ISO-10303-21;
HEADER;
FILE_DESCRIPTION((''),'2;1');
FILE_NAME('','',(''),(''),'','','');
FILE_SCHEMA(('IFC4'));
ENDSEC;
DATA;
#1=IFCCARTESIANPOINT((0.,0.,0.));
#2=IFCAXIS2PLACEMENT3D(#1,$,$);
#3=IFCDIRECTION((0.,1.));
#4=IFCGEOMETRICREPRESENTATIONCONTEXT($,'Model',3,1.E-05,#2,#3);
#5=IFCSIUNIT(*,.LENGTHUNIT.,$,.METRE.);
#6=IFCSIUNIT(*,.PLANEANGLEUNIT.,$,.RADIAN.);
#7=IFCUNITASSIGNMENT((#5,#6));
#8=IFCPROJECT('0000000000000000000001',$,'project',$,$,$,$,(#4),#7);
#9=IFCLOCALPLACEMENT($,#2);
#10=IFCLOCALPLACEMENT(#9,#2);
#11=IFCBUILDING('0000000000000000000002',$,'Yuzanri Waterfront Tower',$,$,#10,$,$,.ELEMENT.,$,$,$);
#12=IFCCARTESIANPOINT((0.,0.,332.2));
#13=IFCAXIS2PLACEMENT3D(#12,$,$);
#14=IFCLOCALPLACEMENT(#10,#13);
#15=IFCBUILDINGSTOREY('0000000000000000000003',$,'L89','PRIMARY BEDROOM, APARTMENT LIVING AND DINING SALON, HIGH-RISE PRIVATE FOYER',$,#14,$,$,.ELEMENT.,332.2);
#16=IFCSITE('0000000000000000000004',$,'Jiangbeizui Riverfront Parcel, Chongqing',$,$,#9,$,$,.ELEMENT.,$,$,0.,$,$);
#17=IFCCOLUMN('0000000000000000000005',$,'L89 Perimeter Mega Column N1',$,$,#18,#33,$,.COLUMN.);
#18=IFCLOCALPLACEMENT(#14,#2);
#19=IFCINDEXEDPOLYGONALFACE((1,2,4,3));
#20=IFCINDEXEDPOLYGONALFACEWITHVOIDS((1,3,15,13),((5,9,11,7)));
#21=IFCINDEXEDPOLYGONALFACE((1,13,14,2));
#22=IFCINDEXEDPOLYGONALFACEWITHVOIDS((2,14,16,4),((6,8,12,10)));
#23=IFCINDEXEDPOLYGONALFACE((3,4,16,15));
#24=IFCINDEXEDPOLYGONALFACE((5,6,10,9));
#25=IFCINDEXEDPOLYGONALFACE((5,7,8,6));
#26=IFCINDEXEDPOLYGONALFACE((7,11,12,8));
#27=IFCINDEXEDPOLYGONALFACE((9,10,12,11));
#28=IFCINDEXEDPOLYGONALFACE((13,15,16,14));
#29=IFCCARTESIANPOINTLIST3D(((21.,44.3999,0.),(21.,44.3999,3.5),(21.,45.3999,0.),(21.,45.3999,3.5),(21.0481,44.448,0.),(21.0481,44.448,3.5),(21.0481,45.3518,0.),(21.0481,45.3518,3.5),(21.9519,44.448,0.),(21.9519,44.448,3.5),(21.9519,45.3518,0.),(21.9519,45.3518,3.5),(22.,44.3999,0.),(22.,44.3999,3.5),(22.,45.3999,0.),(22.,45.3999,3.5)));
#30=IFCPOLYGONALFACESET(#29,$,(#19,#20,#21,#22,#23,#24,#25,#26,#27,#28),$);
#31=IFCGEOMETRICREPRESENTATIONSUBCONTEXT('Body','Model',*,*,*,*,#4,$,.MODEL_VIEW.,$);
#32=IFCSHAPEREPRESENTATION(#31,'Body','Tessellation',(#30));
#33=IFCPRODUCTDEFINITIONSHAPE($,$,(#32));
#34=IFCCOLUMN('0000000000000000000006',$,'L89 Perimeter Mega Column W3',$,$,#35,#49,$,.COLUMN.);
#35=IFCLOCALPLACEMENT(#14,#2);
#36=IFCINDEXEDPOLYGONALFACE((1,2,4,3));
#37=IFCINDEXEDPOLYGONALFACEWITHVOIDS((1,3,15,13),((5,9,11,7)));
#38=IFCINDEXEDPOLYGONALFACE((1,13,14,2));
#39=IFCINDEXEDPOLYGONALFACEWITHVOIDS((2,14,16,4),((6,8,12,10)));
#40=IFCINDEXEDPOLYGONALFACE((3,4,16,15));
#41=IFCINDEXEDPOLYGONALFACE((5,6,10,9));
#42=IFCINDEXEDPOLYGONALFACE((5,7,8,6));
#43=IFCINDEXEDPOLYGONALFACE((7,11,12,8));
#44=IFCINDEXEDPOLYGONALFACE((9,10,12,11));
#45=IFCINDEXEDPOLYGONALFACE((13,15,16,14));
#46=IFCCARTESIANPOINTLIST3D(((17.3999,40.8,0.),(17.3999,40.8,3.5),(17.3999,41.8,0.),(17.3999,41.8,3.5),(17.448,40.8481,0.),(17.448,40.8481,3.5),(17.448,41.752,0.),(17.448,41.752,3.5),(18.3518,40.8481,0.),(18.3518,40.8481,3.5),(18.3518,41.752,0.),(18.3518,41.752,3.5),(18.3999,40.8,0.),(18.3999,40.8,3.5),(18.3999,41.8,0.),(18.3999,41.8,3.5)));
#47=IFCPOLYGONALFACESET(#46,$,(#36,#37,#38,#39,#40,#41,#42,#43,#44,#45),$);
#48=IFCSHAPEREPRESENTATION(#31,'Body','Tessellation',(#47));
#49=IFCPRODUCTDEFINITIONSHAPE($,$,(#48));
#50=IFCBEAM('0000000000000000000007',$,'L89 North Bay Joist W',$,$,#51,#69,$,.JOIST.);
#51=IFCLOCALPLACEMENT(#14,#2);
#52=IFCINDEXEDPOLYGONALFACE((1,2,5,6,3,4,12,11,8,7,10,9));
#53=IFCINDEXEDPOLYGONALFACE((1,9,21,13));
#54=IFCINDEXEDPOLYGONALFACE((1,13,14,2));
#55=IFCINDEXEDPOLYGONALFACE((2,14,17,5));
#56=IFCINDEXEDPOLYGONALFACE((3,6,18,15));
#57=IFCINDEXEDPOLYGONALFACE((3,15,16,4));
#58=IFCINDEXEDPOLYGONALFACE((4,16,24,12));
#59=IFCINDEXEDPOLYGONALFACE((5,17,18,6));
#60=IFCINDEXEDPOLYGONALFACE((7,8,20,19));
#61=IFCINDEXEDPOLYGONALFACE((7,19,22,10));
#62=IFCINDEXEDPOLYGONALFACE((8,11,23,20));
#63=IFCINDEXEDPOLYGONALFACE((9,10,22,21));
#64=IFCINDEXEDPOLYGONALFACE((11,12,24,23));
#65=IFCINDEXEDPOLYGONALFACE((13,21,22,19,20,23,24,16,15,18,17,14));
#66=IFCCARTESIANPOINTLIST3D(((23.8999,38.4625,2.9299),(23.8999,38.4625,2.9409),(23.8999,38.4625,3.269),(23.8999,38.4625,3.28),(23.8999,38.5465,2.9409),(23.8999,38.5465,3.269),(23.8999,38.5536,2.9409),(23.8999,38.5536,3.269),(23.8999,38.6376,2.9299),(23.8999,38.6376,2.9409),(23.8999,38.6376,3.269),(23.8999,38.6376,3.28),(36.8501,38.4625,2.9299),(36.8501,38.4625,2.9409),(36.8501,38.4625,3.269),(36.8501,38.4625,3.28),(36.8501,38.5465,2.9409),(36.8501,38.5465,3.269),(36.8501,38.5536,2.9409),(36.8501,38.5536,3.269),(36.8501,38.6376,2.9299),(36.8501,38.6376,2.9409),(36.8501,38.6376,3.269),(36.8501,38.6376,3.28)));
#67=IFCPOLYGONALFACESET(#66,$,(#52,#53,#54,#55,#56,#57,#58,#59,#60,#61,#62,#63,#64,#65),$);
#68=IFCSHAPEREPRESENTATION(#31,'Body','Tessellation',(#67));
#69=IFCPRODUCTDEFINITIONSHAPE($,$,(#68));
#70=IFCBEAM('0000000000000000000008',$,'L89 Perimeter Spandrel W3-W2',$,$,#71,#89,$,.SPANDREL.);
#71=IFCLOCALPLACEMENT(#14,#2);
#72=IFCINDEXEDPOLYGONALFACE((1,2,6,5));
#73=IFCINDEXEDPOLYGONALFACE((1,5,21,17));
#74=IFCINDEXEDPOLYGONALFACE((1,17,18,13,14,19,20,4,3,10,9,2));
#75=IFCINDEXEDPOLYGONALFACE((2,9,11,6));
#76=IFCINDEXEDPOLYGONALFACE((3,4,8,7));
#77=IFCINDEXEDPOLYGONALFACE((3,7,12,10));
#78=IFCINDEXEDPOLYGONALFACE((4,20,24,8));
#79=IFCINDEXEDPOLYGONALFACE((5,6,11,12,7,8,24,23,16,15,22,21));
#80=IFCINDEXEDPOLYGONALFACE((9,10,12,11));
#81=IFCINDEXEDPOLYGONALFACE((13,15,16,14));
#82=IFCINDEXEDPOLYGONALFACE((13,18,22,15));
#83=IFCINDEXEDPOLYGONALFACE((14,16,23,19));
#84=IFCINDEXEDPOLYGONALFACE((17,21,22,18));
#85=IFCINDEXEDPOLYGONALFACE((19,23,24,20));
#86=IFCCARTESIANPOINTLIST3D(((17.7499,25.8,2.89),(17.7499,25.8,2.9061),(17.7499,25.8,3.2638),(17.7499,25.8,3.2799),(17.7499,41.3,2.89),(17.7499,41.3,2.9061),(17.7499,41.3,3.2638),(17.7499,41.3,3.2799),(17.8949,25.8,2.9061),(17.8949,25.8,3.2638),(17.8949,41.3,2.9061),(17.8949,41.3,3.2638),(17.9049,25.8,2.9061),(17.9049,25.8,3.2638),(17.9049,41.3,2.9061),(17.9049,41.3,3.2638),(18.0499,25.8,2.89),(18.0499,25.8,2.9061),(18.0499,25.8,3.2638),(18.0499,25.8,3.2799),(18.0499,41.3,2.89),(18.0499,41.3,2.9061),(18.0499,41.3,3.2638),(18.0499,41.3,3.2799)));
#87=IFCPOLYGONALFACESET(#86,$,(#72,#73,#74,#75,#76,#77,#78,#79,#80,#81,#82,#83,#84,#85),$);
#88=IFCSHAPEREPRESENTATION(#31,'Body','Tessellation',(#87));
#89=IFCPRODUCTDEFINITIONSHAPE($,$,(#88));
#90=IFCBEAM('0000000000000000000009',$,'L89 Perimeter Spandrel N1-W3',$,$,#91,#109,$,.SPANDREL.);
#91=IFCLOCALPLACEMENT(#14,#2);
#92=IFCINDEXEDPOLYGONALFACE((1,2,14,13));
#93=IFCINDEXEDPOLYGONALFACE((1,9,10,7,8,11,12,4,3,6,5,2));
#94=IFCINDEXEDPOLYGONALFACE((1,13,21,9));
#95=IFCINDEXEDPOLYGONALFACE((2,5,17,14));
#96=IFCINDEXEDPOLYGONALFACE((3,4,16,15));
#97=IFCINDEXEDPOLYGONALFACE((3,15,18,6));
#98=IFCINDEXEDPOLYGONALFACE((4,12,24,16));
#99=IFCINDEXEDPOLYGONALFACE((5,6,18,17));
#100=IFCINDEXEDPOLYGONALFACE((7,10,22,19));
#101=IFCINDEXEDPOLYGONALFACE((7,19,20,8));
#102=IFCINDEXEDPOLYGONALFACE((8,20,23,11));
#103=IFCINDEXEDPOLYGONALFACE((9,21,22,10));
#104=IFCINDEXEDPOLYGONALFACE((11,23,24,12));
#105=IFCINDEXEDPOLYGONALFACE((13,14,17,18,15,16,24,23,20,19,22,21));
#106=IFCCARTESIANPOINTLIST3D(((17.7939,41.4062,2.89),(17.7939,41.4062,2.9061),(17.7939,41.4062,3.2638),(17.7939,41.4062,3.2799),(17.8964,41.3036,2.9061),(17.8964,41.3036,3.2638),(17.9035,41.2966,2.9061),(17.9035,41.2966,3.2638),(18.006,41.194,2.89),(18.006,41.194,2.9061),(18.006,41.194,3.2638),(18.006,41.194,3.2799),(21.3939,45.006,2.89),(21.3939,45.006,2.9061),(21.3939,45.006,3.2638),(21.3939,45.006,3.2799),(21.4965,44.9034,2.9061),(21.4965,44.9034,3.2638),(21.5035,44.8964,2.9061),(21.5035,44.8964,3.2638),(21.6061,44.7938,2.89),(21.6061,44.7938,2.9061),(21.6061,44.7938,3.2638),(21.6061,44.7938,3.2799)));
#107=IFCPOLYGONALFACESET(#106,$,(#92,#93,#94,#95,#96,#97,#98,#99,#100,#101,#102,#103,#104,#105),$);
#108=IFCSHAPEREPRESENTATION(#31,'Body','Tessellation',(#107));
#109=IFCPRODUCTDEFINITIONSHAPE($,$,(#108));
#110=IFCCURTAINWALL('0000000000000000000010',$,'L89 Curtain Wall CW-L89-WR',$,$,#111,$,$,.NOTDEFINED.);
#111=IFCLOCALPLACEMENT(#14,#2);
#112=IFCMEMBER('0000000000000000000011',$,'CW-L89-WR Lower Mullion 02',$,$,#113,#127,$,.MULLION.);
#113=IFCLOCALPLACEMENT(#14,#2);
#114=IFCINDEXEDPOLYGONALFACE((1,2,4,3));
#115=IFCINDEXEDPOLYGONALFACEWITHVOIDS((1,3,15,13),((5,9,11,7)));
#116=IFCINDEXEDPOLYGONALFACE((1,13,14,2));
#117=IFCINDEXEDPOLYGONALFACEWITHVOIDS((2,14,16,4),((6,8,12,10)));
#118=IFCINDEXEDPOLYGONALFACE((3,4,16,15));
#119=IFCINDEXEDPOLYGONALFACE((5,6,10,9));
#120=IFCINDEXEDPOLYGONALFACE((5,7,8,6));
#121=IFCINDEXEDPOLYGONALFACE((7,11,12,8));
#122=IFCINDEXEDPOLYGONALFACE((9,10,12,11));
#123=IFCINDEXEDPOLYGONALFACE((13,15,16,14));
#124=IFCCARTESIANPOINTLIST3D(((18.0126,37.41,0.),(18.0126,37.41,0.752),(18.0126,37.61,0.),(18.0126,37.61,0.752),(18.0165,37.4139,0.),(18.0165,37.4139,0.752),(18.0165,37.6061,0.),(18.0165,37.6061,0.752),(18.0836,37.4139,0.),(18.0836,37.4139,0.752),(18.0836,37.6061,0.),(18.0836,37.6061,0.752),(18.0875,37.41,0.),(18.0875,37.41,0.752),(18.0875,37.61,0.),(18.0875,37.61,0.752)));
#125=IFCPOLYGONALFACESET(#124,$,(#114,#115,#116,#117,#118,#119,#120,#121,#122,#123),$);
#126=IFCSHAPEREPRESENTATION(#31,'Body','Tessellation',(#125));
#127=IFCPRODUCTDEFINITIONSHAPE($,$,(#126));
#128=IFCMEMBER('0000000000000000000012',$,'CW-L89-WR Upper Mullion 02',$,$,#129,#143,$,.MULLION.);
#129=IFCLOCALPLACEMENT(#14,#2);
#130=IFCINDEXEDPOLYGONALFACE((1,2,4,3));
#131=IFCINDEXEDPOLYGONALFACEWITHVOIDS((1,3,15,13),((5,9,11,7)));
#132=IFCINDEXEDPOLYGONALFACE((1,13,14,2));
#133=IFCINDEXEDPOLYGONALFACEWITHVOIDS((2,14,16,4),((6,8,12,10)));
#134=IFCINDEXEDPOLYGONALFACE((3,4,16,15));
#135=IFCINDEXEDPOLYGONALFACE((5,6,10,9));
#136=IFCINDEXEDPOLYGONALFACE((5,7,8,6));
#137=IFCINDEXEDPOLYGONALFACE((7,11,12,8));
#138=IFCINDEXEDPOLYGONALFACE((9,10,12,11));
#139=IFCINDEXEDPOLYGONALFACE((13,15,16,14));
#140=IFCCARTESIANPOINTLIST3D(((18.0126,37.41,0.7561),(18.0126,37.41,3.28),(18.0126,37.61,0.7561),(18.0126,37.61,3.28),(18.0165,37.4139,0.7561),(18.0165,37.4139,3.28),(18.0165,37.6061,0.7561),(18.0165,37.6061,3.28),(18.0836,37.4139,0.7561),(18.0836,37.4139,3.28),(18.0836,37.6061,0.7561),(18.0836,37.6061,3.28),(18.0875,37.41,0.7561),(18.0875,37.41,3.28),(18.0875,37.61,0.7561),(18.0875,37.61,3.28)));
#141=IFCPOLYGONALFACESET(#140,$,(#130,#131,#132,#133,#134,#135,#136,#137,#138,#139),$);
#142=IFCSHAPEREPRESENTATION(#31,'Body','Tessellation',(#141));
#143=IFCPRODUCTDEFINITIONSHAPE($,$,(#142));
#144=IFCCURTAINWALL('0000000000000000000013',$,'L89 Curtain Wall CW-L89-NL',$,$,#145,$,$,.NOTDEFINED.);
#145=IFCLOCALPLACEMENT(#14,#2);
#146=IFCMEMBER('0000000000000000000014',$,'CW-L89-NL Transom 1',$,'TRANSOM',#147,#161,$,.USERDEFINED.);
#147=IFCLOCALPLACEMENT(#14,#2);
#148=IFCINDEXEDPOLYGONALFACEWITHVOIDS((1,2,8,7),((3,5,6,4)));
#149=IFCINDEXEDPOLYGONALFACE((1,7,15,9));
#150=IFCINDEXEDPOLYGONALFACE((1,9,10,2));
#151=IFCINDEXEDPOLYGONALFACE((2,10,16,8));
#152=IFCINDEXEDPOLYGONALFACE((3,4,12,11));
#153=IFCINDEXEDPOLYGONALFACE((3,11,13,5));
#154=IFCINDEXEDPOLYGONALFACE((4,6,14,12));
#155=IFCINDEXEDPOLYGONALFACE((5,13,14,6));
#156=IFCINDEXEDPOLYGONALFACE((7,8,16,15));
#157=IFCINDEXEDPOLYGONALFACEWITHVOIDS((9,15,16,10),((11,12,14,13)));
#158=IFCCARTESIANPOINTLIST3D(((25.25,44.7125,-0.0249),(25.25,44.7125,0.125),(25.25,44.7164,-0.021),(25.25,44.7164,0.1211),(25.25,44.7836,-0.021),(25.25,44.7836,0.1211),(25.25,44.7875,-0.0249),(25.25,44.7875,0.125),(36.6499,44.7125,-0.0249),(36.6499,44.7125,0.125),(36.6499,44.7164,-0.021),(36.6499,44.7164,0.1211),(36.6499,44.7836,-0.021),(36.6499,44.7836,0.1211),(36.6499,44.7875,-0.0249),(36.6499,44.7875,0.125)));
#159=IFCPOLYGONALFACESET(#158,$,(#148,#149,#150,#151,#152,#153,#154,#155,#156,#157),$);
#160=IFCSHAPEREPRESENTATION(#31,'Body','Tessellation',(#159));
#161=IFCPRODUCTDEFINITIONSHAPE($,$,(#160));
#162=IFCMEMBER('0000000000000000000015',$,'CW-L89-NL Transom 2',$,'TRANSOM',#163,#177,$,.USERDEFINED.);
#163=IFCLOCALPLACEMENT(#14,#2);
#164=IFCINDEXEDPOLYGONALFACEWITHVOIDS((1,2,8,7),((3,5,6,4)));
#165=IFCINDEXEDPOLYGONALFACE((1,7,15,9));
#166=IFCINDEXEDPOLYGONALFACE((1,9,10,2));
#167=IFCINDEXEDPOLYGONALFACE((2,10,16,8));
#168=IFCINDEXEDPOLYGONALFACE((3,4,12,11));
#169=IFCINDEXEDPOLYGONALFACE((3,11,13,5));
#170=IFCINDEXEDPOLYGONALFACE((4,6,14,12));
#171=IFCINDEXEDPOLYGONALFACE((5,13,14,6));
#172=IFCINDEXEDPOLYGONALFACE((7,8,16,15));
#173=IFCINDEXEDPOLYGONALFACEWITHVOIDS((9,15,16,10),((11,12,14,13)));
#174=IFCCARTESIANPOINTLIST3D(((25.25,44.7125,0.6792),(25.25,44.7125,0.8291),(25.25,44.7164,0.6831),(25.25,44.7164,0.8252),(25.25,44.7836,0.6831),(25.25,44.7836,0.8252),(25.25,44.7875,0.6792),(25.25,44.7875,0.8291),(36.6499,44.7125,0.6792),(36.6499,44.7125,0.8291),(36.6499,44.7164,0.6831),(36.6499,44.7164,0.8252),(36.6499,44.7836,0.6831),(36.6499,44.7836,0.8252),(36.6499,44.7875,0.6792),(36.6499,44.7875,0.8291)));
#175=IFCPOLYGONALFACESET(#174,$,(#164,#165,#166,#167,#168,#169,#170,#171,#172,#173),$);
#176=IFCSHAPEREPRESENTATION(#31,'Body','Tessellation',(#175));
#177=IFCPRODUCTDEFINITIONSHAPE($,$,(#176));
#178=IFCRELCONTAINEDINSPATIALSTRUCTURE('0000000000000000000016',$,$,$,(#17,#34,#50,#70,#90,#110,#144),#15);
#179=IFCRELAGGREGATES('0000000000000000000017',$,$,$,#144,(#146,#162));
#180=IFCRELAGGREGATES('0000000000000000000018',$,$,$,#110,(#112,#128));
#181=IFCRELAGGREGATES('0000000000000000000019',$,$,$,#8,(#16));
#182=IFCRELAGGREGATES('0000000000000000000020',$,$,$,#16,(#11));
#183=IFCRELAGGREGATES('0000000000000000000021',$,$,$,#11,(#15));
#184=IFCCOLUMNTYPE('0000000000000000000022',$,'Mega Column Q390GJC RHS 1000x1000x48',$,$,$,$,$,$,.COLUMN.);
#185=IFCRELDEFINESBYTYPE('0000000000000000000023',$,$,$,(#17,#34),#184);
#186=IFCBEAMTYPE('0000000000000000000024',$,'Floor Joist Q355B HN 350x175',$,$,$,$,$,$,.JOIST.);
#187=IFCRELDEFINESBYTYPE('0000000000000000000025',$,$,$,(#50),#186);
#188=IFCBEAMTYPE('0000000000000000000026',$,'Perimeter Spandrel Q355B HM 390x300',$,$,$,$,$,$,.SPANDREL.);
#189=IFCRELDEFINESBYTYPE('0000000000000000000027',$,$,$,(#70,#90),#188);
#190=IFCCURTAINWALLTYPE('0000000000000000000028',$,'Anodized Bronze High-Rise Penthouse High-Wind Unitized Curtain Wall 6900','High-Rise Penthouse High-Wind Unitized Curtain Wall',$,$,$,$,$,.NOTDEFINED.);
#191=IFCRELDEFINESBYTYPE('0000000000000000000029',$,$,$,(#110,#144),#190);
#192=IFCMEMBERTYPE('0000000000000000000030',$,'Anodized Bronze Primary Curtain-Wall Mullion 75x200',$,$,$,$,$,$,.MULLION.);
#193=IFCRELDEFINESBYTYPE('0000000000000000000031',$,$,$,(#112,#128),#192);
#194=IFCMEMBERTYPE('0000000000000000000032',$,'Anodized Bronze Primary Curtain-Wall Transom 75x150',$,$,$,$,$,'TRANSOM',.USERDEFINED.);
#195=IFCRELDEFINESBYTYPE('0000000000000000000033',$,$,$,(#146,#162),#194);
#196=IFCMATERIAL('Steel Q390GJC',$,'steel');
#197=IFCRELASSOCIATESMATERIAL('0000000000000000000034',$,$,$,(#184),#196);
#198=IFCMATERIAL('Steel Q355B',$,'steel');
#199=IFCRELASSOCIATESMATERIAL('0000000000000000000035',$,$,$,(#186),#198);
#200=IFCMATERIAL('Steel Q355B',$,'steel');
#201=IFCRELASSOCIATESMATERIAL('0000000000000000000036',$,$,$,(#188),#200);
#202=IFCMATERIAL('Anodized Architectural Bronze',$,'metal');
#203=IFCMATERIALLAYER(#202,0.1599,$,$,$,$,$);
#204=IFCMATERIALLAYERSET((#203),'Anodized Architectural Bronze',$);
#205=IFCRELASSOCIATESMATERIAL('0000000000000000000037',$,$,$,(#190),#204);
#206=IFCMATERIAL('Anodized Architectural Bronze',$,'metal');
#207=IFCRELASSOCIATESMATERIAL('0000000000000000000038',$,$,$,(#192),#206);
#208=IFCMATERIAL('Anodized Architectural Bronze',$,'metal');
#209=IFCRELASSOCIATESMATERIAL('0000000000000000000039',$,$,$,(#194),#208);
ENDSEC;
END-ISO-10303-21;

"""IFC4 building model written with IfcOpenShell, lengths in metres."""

from ifc_helpers import new_model, si_unit, direction, frame, origin, origin_2d, place, context, subcontext, project, spatial, hollow_rectangle, i_section, extrude, source, transform, mapped, material, layer, layer_set, material_profile, profile_set, type_object, element, aggregate, save


model = new_model("IFC4")

# Units and contexts
model_context = context("Model", 3, precision=1e-05, world=origin(), true_north=direction((0.0, 1.0)))
body_context = subcontext(model_context, "Body", "Model", "MODEL_VIEW")
ifc_project = project(units=[si_unit("LENGTHUNIT", "METRE"), si_unit("PLANEANGLEUNIT", "RADIAN")], contexts=[model_context])

# Site, building, storey
site_placement = place(None, origin())
site = spatial("IfcSite", under=ifc_project, at=site_placement, Name="Jiangbeizui Riverfront Parcel, Chongqing", CompositionType="ELEMENT", RefElevation=0.0)
building_placement = place(site_placement, origin())
building = spatial("IfcBuilding", under=site, at=building_placement, Name="Yuzanri Waterfront Tower", CompositionType="ELEMENT")
storey_placement = place(building_placement, frame((0.0, 0.0, 332.2)))
storey = spatial("IfcBuildingStorey", under=building, at=storey_placement, Name="L89", Description="PRIMARY BEDROOM, APARTMENT LIVING AND DINING SALON, HIGH-RISE PRIVATE FOYER", CompositionType="ELEMENT", Elevation=332.2)

# Columns
ifc_material_1 = material(Name="Steel Q390GJC", Category="steel")
ifc_material_profile_1 = material_profile(ifc_material_1, hollow_rectangle(XDim=1.0, YDim=1.0, WallThickness=0.0481, at=origin_2d()), Name="RHS 1000x1000x48")
ifc_profile_set_1 = profile_set([ifc_material_profile_1], Name="Steel Q390GJC")
column_type = type_object("IfcColumnType", Name="Mega Column Q390GJC RHS 1000x1000x48", PredefinedType="COLUMN", material=ifc_profile_set_1)
shared_shape_1 = source(origin(), body_context, "Body", "SweptSolid", [
    extrude(hollow_rectangle(XDim=1.0, YDim=1.0, WallThickness=0.0481, at=origin_2d()), origin(), (0.0, 0.0, 1.0), 3.5),
])
for number, where, z_axis, x_axis, name in (
    (1, (21.5, 44.8999, 0.0), (0.0, 0.0, 1.0), (1.0, 0.0, 0.0), "L89 Perimeter Mega Column N1"),
    (2, (17.8999, 41.3, 0.0), (0.0, 0.0, 1.0), (1.0, 0.0, 0.0), "L89 Perimeter Mega Column W3"),
):
    element("IfcColumn", number, at=place(storey_placement, frame(where, z_axis=z_axis, x_axis=x_axis)), inside=storey, type_object=column_type, Name=name, PredefinedType="COLUMN", context=body_context, shape_type="MappedRepresentation", body=[
        mapped(shared_shape_1, transform((0.0, 0.0, 0.0), scale=1.0)),
    ])

# Beams
ifc_material_2 = material(Name="Steel Q355B", Category="steel")
ifc_material_profile_2 = material_profile(ifc_material_2, i_section(OverallWidth=0.175, OverallDepth=0.3501, WebThickness=0.0071, FlangeThickness=0.011, at=origin_2d()), Name="HN 350x175x7x11")
ifc_profile_set_2 = profile_set([ifc_material_profile_2], Name="Steel Q355B")
beam_type_1 = type_object("IfcBeamType", Name="Floor Joist Q355B HN 350x175", PredefinedType="JOIST", material=ifc_profile_set_2)
shared_shape_2 = source(origin(), body_context, "Body", "SweptSolid", [
    extrude(i_section(OverallWidth=0.175, OverallDepth=0.3501, WebThickness=0.0071, FlangeThickness=0.011, at=origin_2d()), origin(), (0.0, 0.0, 1.0), 12.9502),
])
beam_1_placement = place(storey_placement, frame((23.8999, 38.55, 3.105), z_axis=(1.0, 0.0, 0.0), x_axis=(0.0, 1.0, 0.0)))
element("IfcBeam", 3, at=beam_1_placement, inside=storey, type_object=beam_type_1, Name="L89 North Bay Joist W", PredefinedType="JOIST", context=body_context, shape_type="MappedRepresentation", body=[
    mapped(shared_shape_2, transform((0.0, 0.0, 0.0), scale=1.0)),
])
ifc_material_3 = material(Name="Steel Q355B", Category="steel")
ifc_material_profile_3 = material_profile(ifc_material_3, i_section(OverallWidth=0.3, OverallDepth=0.3899, WebThickness=0.01, FlangeThickness=0.0161, at=origin_2d()), Name="HM 390x300x10x16")
ifc_profile_set_3 = profile_set([ifc_material_profile_3], Name="Steel Q355B")
beam_type_2 = type_object("IfcBeamType", Name="Perimeter Spandrel Q355B HM 390x300", PredefinedType="SPANDREL", material=ifc_profile_set_3)
shared_shape_3 = source(origin(), body_context, "Body", "SweptSolid", [
    extrude(i_section(OverallWidth=0.3, OverallDepth=0.3899, WebThickness=0.01, FlangeThickness=0.0161, at=origin_2d()), origin(), (0.0, 0.0, 1.0), 15.5),
])
beam_2_placement = place(storey_placement, frame((17.8999, 41.3, 3.085), z_axis=(0.0, -1.0, 0.0), x_axis=(1.0, 0.0, 0.0)))
element("IfcBeam", 4, at=beam_2_placement, inside=storey, type_object=beam_type_2, Name="L89 Perimeter Spandrel W3-W2", PredefinedType="SPANDREL", context=body_context, shape_type="MappedRepresentation", body=[
    mapped(shared_shape_3, transform((0.0, 0.0, 0.0), scale=1.0)),
])
shared_shape_4 = source(origin(), body_context, "Body", "SweptSolid", [
    extrude(i_section(OverallWidth=0.3, OverallDepth=0.3899, WebThickness=0.01, FlangeThickness=0.0161, at=origin_2d()), origin(), (0.0, 0.0, 1.0), 5.0911),
])
beam_3_placement = place(storey_placement, frame((21.5, 44.8999, 3.085), z_axis=(-0.707131, -0.707083, 0.0), x_axis=(0.707083, -0.707131, 0.0)))
element("IfcBeam", 5, at=beam_3_placement, inside=storey, type_object=beam_type_2, Name="L89 Perimeter Spandrel N1-W3", PredefinedType="SPANDREL", context=body_context, shape_type="MappedRepresentation", body=[
    mapped(shared_shape_4, transform((0.0, 0.0, 0.0), scale=1.0)),
])

# Curtain walls, members
ifc_material_4 = material(Name="Anodized Architectural Bronze", Category="metal")
ifc_layer_1 = layer(ifc_material_4, 0.1599)
ifc_layer_set_1 = layer_set([ifc_layer_1], Name="Anodized Architectural Bronze")
curtain_wall_type = type_object("IfcCurtainWallType", Name="Anodized Bronze High-Rise Penthouse High-Wind Unitized Curtain Wall 6900", Description="High-Rise Penthouse High-Wind Unitized Curtain Wall", PredefinedType="NOTDEFINED", material=ifc_layer_set_1)
curtain_wall_1_placement = place(storey_placement, origin())
curtain_wall_1 = element("IfcCurtainWall", 6, at=curtain_wall_1_placement, inside=storey, type_object=curtain_wall_type, Name="L89 Curtain Wall CW-L89-WR", PredefinedType="NOTDEFINED")
ifc_material_5 = material(Name="Anodized Architectural Bronze", Category="metal")
ifc_material_profile_4 = material_profile(ifc_material_5, hollow_rectangle(XDim=0.075, YDim=0.2, WallThickness=0.0039, at=origin_2d()), Name="CWM 75x200")
ifc_profile_set_4 = profile_set([ifc_material_profile_4], Name="Anodized Architectural Bronze")
member_type_1 = type_object("IfcMemberType", Name="Anodized Bronze Primary Curtain-Wall Mullion 75x200", PredefinedType="MULLION", material=ifc_profile_set_4)
shared_shape_5 = source(origin(), body_context, "Body", "SweptSolid", [
    extrude(hollow_rectangle(XDim=0.075, YDim=0.2, WallThickness=0.0039, at=origin_2d()), origin(), (0.0, 0.0, 1.0), 0.752),
])
member_1_placement = place(storey_placement, frame((18.05, 37.51, 0.0), z_axis=(0.0, 0.0, 1.0), x_axis=(1.0, 0.0, 0.0)))
member_1 = element("IfcMember", 7, at=member_1_placement, type_object=member_type_1, Name="CW-L89-WR Lower Mullion 02", PredefinedType="MULLION", context=body_context, shape_type="MappedRepresentation", body=[
    mapped(shared_shape_5, transform((0.0, 0.0, 0.0), scale=1.0)),
])
shared_shape_6 = source(origin(), body_context, "Body", "SweptSolid", [
    extrude(hollow_rectangle(XDim=0.075, YDim=0.2, WallThickness=0.0039, at=origin_2d()), origin(), (0.0, 0.0, 1.0), 2.5239),
])
member_2_placement = place(storey_placement, frame((18.05, 37.51, 0.7561), z_axis=(0.0, 0.0, 1.0), x_axis=(1.0, 0.0, 0.0)))
member_2 = element("IfcMember", 8, at=member_2_placement, type_object=member_type_1, Name="CW-L89-WR Upper Mullion 02", PredefinedType="MULLION", context=body_context, shape_type="MappedRepresentation", body=[
    mapped(shared_shape_6, transform((0.0, 0.0, 0.0), scale=1.0)),
])
curtain_wall_2_placement = place(storey_placement, origin())
curtain_wall_2 = element("IfcCurtainWall", 9, at=curtain_wall_2_placement, inside=storey, type_object=curtain_wall_type, Name="L89 Curtain Wall CW-L89-NL", PredefinedType="NOTDEFINED")
ifc_material_6 = material(Name="Anodized Architectural Bronze", Category="metal")
ifc_material_profile_5 = material_profile(ifc_material_6, hollow_rectangle(XDim=0.075, YDim=0.1499, WallThickness=0.0039, at=origin_2d()), Name="CWT 75x150")
ifc_profile_set_5 = profile_set([ifc_material_profile_5], Name="Anodized Architectural Bronze")
member_type_2 = type_object("IfcMemberType", Name="Anodized Bronze Primary Curtain-Wall Transom 75x150", ElementType="TRANSOM", PredefinedType="USERDEFINED", material=ifc_profile_set_5)
shared_shape_7 = source(origin(), body_context, "Body", "SweptSolid", [
    extrude(hollow_rectangle(XDim=0.075, YDim=0.1499, WallThickness=0.0039, at=origin_2d()), origin(), (0.0, 0.0, 1.0), 11.3999),
])
member_3_placement = place(storey_placement, frame((25.25, 44.75, 0.05), z_axis=(1.0, 0.0, 0.0), x_axis=(0.0, 1.0, 0.0)))
member_3 = element("IfcMember", 10, at=member_3_placement, type_object=member_type_2, Name="CW-L89-NL Transom 1", ObjectType="TRANSOM", PredefinedType="USERDEFINED", context=body_context, shape_type="MappedRepresentation", body=[
    mapped(shared_shape_7, transform((0.0, 0.0, 0.0), scale=1.0)),
])
member_4_placement = place(storey_placement, frame((25.25, 44.75, 0.7542), z_axis=(1.0, 0.0, 0.0), x_axis=(0.0, 1.0, 0.0)))
member_4 = element("IfcMember", 11, at=member_4_placement, type_object=member_type_2, Name="CW-L89-NL Transom 2", ObjectType="TRANSOM", PredefinedType="USERDEFINED", context=body_context, shape_type="MappedRepresentation", body=[
    mapped(shared_shape_7, transform((0.0, 0.0, 0.0), scale=1.0)),
])
aggregate(curtain_wall_2, [member_3, member_4])

aggregate(curtain_wall_1, [member_1, member_2])

save(model, "model.ifc")
